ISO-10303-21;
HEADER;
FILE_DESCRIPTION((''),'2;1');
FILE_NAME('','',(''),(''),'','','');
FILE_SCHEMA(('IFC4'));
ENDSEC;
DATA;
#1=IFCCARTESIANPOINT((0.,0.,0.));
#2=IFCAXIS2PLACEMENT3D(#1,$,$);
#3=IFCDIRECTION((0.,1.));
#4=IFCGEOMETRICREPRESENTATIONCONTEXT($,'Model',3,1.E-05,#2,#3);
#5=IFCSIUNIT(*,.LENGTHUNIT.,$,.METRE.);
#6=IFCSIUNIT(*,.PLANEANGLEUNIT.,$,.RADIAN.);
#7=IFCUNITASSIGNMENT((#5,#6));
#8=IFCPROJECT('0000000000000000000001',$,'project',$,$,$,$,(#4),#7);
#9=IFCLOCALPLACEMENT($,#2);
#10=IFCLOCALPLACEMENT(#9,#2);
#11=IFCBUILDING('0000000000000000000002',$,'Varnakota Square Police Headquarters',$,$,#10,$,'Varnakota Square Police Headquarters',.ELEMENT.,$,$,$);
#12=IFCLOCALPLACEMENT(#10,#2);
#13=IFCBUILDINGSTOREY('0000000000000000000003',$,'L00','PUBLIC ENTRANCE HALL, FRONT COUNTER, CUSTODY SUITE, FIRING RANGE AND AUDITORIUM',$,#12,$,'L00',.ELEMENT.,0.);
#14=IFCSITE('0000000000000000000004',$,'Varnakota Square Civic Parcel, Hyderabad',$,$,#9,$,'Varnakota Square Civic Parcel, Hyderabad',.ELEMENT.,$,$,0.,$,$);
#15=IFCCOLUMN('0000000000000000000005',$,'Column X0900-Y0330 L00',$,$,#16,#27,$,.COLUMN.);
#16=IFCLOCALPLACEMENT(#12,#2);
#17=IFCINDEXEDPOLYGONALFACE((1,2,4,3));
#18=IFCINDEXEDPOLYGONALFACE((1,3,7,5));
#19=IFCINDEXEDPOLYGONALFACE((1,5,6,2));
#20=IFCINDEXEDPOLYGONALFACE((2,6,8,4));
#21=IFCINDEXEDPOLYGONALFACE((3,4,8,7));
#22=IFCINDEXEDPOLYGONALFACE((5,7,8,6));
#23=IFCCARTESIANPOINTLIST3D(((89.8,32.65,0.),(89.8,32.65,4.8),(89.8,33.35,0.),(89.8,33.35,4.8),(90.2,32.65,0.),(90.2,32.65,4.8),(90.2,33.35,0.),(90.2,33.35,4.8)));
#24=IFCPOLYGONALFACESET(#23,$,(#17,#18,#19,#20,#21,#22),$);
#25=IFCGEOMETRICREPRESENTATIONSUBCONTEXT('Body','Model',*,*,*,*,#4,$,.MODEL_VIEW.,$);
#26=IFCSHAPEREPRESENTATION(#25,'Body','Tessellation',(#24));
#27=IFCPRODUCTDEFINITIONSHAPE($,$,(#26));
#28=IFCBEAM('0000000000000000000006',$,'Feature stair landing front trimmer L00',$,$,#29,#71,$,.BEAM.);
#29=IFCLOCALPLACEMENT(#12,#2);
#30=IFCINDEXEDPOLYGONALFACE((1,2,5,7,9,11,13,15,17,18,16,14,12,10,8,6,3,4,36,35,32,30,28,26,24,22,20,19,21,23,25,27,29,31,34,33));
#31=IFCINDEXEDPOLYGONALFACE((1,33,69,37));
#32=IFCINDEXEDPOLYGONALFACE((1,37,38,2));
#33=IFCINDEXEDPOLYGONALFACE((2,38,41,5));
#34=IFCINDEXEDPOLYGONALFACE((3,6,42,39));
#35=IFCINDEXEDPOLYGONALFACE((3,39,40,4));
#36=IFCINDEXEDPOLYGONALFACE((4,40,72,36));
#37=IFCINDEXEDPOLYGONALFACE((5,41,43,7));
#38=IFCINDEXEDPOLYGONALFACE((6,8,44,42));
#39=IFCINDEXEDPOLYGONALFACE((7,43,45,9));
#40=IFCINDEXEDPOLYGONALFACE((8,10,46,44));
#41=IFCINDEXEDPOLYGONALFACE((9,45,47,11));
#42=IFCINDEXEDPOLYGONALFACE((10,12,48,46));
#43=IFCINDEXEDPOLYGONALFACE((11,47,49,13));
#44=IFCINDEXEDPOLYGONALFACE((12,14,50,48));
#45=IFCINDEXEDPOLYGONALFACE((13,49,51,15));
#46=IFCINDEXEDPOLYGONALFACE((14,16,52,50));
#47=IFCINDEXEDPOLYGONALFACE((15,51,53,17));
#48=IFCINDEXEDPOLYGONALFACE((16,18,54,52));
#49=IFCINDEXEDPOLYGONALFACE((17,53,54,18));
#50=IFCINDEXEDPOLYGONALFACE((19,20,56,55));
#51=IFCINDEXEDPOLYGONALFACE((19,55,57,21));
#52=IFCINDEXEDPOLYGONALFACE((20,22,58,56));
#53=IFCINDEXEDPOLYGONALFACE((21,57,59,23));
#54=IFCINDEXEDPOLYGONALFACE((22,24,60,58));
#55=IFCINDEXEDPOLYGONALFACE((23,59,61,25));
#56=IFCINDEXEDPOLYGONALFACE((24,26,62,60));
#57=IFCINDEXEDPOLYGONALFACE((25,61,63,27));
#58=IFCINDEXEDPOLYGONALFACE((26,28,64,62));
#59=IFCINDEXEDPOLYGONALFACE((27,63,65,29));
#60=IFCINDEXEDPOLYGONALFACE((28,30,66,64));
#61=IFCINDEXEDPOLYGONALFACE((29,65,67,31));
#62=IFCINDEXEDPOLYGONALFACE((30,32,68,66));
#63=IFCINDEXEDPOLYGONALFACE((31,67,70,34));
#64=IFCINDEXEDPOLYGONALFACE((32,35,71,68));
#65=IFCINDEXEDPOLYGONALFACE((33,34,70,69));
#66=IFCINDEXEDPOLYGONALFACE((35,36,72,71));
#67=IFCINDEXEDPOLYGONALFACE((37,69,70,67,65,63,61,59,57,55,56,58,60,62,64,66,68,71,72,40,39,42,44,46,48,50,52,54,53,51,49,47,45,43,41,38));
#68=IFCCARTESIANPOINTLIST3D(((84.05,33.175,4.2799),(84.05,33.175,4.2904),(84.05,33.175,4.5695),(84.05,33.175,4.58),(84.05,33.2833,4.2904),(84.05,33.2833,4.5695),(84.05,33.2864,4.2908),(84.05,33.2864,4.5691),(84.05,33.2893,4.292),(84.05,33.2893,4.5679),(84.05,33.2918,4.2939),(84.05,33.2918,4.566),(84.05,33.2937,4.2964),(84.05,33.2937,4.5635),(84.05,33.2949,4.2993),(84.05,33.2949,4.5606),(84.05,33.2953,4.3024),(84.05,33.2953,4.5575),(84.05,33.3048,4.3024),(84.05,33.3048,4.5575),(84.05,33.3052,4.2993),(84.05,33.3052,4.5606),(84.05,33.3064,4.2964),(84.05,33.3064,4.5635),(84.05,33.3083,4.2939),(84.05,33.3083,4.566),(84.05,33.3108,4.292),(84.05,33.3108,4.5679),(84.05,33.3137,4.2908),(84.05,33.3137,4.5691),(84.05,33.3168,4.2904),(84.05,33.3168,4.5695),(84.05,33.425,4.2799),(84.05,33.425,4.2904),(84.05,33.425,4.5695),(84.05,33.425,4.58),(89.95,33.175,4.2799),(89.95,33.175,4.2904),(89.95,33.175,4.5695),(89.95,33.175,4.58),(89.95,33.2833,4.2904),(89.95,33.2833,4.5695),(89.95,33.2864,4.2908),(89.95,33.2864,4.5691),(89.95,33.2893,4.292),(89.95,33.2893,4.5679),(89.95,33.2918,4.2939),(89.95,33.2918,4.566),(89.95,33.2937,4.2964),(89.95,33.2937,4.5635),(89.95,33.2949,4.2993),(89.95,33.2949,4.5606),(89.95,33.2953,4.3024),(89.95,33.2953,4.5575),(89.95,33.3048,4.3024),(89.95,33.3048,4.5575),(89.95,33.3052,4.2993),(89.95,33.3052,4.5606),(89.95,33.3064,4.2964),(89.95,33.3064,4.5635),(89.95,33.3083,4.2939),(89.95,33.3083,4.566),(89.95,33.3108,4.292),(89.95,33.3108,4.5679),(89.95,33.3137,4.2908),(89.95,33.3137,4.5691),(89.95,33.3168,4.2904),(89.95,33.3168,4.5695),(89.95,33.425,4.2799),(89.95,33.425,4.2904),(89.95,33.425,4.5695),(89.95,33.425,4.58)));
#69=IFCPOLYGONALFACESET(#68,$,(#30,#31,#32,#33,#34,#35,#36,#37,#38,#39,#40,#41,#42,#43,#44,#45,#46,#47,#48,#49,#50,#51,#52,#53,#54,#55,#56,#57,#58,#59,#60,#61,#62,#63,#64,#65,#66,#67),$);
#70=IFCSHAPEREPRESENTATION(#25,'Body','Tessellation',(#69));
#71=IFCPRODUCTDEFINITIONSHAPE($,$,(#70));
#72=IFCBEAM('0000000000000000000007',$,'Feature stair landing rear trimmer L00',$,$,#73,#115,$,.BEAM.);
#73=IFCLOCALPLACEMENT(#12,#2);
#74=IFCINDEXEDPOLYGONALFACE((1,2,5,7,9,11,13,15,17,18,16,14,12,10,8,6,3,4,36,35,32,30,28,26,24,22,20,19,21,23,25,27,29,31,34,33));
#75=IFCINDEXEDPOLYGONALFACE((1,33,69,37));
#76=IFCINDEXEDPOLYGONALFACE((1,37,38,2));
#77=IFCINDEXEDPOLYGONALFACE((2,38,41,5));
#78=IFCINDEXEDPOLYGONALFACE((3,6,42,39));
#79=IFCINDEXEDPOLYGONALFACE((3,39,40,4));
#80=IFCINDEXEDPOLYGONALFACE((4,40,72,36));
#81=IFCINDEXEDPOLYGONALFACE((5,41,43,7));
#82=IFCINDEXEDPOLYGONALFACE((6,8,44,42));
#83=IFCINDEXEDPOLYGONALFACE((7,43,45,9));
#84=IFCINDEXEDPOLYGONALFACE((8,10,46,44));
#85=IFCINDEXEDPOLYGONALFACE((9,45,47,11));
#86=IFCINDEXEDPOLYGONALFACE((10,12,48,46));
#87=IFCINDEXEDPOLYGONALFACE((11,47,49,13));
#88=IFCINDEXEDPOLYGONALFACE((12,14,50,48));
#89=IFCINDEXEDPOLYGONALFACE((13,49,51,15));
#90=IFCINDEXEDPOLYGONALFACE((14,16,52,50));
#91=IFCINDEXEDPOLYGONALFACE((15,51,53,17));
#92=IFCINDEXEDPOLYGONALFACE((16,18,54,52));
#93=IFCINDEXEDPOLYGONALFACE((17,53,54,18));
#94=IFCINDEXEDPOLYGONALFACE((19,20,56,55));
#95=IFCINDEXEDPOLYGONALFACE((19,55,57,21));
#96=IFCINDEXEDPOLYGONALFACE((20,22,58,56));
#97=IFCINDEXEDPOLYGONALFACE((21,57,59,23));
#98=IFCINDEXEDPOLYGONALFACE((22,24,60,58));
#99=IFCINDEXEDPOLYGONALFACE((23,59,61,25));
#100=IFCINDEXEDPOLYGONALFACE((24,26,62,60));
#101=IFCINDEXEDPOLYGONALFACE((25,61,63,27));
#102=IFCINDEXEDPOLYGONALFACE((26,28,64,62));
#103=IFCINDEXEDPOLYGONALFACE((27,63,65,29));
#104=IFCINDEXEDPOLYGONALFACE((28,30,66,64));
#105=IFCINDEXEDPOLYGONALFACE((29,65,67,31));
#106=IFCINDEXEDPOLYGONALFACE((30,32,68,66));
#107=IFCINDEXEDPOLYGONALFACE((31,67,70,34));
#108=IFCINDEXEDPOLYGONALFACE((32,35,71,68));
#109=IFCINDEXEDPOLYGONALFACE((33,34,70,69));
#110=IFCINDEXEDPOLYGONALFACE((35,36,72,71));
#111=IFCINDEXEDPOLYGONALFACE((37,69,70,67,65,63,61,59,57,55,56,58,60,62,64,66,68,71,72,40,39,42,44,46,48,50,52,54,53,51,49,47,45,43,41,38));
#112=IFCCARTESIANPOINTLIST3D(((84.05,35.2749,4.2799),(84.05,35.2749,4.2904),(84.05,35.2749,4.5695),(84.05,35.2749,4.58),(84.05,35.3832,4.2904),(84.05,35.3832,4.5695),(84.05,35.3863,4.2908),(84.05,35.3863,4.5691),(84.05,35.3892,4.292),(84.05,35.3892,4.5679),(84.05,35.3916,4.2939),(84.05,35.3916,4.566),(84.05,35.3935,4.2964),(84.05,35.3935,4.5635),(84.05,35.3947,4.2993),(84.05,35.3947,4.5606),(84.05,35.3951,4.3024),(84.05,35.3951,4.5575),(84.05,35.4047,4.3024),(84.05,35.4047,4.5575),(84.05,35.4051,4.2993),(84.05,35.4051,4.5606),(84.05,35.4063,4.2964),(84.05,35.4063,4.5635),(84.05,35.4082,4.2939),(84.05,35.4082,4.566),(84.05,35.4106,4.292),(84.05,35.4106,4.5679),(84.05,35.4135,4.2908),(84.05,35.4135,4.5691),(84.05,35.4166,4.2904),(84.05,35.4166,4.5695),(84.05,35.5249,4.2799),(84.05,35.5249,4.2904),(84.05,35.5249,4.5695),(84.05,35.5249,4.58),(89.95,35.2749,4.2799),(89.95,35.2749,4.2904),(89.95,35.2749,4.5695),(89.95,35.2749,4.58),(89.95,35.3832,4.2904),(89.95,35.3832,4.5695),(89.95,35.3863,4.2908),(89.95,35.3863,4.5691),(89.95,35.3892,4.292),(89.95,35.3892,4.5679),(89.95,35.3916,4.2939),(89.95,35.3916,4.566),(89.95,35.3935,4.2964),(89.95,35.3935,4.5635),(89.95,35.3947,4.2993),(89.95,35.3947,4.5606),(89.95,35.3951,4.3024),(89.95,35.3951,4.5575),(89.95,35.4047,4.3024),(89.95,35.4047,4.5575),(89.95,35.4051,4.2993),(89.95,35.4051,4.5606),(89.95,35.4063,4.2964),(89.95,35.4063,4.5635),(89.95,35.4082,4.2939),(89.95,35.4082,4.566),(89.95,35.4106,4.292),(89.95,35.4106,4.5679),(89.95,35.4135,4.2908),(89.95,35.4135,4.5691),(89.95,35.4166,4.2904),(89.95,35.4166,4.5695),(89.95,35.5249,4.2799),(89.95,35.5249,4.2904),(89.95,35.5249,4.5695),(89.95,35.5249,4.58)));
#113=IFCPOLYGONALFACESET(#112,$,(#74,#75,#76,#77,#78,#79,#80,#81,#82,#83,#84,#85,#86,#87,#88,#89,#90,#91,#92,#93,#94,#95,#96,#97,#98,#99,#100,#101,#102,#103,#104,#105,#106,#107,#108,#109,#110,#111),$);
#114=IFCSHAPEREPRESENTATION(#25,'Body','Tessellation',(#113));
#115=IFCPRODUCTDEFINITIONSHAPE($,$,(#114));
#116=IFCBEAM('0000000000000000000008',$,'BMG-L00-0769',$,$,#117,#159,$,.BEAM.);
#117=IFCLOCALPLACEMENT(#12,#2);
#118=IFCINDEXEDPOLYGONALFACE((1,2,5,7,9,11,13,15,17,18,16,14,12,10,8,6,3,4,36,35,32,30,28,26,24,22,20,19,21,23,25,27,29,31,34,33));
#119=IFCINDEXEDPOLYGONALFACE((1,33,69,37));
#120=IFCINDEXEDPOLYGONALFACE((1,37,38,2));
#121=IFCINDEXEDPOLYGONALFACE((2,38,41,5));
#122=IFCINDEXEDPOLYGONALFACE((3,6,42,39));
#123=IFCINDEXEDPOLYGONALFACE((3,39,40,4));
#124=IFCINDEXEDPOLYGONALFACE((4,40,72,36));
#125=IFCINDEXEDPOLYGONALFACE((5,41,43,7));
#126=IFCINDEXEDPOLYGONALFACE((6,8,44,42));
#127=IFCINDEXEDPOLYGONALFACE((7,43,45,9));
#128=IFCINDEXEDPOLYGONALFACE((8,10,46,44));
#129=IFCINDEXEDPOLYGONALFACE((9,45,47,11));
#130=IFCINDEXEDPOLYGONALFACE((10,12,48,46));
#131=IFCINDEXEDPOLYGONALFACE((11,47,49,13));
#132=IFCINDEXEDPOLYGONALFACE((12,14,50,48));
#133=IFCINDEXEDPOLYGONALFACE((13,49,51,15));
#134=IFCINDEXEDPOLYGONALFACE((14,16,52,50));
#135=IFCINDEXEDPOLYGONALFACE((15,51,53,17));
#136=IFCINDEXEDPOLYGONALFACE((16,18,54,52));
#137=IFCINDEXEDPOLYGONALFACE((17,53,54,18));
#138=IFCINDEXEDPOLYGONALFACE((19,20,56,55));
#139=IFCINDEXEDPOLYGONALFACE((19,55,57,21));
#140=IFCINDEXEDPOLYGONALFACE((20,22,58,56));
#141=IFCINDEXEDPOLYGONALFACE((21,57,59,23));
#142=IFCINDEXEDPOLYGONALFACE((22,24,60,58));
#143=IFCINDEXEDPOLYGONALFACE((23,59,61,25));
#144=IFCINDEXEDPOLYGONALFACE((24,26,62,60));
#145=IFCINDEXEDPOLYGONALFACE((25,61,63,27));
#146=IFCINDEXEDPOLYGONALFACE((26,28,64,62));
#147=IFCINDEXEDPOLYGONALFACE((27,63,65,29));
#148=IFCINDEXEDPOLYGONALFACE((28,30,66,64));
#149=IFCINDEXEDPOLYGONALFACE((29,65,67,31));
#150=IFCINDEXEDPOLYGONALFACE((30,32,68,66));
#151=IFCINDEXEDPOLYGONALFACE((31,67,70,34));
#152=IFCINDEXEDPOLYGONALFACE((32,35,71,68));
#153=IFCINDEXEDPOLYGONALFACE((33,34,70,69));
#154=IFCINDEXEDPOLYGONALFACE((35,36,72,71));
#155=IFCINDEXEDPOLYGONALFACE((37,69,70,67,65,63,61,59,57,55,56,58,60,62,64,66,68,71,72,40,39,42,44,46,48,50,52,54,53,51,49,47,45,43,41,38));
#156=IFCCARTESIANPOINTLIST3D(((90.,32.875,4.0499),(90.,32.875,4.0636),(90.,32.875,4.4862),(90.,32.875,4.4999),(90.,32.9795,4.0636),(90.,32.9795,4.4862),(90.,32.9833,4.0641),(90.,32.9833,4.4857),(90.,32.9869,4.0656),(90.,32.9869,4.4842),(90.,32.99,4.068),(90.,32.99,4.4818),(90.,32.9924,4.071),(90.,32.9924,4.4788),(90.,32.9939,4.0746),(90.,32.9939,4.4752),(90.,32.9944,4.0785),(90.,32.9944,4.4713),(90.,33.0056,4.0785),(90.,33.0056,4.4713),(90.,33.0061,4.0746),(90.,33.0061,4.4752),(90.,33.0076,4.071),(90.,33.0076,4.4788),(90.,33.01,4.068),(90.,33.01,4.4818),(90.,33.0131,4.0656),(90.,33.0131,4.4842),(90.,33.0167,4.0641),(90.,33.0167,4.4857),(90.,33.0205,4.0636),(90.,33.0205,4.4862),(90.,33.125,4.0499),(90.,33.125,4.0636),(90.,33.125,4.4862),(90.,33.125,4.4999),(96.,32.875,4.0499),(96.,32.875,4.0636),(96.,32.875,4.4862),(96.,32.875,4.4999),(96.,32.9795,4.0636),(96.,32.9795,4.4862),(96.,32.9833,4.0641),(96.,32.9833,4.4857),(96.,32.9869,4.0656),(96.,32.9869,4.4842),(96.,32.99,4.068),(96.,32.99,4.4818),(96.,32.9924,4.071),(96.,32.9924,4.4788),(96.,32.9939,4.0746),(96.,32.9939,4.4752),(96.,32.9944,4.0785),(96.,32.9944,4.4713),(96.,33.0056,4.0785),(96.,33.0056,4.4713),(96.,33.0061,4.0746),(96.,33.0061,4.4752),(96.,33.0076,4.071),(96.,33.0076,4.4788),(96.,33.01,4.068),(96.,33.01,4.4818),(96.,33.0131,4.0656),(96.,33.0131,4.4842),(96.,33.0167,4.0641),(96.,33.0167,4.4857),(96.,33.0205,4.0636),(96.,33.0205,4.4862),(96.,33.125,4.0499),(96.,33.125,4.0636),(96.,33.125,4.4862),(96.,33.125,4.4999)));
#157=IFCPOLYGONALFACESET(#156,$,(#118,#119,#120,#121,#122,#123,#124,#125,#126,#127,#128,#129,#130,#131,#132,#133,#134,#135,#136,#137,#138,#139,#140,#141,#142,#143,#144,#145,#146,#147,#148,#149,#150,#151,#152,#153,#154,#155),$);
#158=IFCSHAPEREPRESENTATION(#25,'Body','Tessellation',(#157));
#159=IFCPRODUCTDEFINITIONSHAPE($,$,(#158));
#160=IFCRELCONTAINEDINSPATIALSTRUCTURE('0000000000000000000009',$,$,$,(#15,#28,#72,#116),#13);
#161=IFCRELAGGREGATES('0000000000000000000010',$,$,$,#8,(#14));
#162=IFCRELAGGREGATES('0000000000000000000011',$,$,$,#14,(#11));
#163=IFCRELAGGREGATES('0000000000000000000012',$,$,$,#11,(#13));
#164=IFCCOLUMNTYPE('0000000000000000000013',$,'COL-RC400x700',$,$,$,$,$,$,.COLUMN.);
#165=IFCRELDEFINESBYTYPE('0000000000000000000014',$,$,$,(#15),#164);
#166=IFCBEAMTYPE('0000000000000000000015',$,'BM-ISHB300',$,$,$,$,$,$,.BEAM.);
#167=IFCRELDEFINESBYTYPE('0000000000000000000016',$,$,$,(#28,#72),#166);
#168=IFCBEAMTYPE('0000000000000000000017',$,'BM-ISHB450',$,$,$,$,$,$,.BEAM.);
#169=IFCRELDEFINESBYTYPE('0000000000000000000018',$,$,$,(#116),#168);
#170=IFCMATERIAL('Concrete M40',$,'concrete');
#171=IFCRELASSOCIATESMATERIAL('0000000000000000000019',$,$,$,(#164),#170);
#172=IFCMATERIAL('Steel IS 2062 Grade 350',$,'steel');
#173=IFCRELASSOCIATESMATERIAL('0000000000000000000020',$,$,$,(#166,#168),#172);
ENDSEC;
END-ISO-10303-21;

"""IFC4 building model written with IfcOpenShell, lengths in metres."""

from ifc_helpers import new_model, si_unit, direction, frame, origin, origin_2d, place, context, subcontext, project, spatial, rectangle, i_section, extrude, material, material_profile, profile_set, type_object, element, save


model = new_model("IFC4")

# Units and contexts
model_context = context("Model", 3, precision=1e-05, world=origin(), true_north=direction((0.0, 1.0)))
body_context = subcontext(model_context, "Body", "Model", "MODEL_VIEW")
ifc_project = project(units=[si_unit("LENGTHUNIT", "METRE"), si_unit("PLANEANGLEUNIT", "RADIAN")], contexts=[model_context])

# Site, building, storey
site_placement = place(None, origin())
site = spatial("IfcSite", under=ifc_project, at=site_placement, Name="Varnakota Square Civic Parcel, Hyderabad", LongName="Varnakota Square Civic Parcel, Hyderabad", CompositionType="ELEMENT", RefElevation=0.0)
building_placement = place(site_placement, origin())
building = spatial("IfcBuilding", under=site, at=building_placement, Name="Varnakota Square Police Headquarters", LongName="Varnakota Square Police Headquarters", CompositionType="ELEMENT")
storey_placement = place(building_placement, origin())
storey = spatial("IfcBuildingStorey", under=building, at=storey_placement, Name="L00", Description="PUBLIC ENTRANCE HALL, FRONT COUNTER, CUSTODY SUITE, FIRING RANGE AND AUDITORIUM", LongName="L00", CompositionType="ELEMENT", Elevation=0.0)

# Column
ifc_material_1 = material(Name="Concrete M40", Category="concrete")
ifc_material_profile_1 = material_profile(ifc_material_1, rectangle(XDim=0.3999, YDim=0.7, at=origin_2d()), Name="RC 400x700")
ifc_profile_set_1 = profile_set([ifc_material_profile_1], Name="Concrete M40")
column_type = type_object("IfcColumnType", Name="COL-RC400x700", PredefinedType="COLUMN", material=ifc_profile_set_1)
column_placement = place(storey_placement, frame((90.0, 33.0, 0.0), z_axis=(0.0, 0.0, 1.0), x_axis=(1.0, 0.0, 0.0)))
element("IfcColumn", 1, at=column_placement, inside=storey, type_object=column_type, Name="Column X0900-Y0330 L00", PredefinedType="COLUMN", context=body_context, shape_type="SweptSolid", body=[
    extrude(rectangle(XDim=0.3999, YDim=0.7, at=origin_2d()), origin(), (0.0, 0.0, 1.0), 4.8),
])

# Beams
ifc_material_2 = material(Name="Steel IS 2062 Grade 350", Category="steel")
ifc_material_profile_2 = material_profile(ifc_material_2, i_section(OverallWidth=0.25, OverallDepth=0.3, WebThickness=0.0095, FlangeThickness=0.0105, FilletRadius=0.012, at=origin_2d()), Name="ISHB 300")
ifc_profile_set_2 = profile_set([ifc_material_profile_2], Name="Steel IS 2062 Grade 350")
beam_type_1 = type_object("IfcBeamType", Name="BM-ISHB300", PredefinedType="BEAM", material=ifc_profile_set_2)
for number, where, z_axis, x_axis, name in (
    (2, (84.05, 33.3, 4.4299), (1.0, 0.0, 0.0), (0.0, 1.0, 0.0), "Feature stair landing front trimmer L00"),
    (3, (84.05, 35.3999, 4.4299), (1.0, 0.0, 0.0), (0.0, 1.0, 0.0), "Feature stair landing rear trimmer L00"),
):
    element("IfcBeam", number, at=place(storey_placement, frame(where, z_axis=z_axis, x_axis=x_axis)), inside=storey, type_object=beam_type_1, Name=name, PredefinedType="BEAM", context=body_context, shape_type="SweptSolid", body=[
        extrude(i_section(OverallWidth=0.25, OverallDepth=0.3, WebThickness=0.0095, FlangeThickness=0.0105, FilletRadius=0.012, at=origin_2d()), origin(), (0.0, 0.0, 1.0), 5.8999),
    ])
ifc_material_profile_3 = material_profile(ifc_material_2, i_section(OverallWidth=0.25, OverallDepth=0.45, WebThickness=0.0112, FlangeThickness=0.0137, FilletRadius=0.0149, at=origin_2d()), Name="ISHB 450")
ifc_profile_set_3 = profile_set([ifc_material_profile_3], Name="Steel IS 2062 Grade 350")
beam_type_2 = type_object("IfcBeamType", Name="BM-ISHB450", PredefinedType="BEAM", material=ifc_profile_set_3)
beam_1_placement = place(storey_placement, frame((90.0, 33.0, 4.2749), z_axis=(1.0, 0.0, 0.0), x_axis=(0.0, 1.0, 0.0)))
element("IfcBeam", 4, at=beam_1_placement, inside=storey, type_object=beam_type_2, Name="BMG-L00-0769", PredefinedType="BEAM", context=body_context, shape_type="SweptSolid", body=[
    extrude(i_section(OverallWidth=0.25, OverallDepth=0.45, WebThickness=0.0112, FlangeThickness=0.0137, FilletRadius=0.0149, at=origin_2d()), origin(), (0.0, 0.0, 1.0), 6.0),
])

save(model, "model.ifc")
